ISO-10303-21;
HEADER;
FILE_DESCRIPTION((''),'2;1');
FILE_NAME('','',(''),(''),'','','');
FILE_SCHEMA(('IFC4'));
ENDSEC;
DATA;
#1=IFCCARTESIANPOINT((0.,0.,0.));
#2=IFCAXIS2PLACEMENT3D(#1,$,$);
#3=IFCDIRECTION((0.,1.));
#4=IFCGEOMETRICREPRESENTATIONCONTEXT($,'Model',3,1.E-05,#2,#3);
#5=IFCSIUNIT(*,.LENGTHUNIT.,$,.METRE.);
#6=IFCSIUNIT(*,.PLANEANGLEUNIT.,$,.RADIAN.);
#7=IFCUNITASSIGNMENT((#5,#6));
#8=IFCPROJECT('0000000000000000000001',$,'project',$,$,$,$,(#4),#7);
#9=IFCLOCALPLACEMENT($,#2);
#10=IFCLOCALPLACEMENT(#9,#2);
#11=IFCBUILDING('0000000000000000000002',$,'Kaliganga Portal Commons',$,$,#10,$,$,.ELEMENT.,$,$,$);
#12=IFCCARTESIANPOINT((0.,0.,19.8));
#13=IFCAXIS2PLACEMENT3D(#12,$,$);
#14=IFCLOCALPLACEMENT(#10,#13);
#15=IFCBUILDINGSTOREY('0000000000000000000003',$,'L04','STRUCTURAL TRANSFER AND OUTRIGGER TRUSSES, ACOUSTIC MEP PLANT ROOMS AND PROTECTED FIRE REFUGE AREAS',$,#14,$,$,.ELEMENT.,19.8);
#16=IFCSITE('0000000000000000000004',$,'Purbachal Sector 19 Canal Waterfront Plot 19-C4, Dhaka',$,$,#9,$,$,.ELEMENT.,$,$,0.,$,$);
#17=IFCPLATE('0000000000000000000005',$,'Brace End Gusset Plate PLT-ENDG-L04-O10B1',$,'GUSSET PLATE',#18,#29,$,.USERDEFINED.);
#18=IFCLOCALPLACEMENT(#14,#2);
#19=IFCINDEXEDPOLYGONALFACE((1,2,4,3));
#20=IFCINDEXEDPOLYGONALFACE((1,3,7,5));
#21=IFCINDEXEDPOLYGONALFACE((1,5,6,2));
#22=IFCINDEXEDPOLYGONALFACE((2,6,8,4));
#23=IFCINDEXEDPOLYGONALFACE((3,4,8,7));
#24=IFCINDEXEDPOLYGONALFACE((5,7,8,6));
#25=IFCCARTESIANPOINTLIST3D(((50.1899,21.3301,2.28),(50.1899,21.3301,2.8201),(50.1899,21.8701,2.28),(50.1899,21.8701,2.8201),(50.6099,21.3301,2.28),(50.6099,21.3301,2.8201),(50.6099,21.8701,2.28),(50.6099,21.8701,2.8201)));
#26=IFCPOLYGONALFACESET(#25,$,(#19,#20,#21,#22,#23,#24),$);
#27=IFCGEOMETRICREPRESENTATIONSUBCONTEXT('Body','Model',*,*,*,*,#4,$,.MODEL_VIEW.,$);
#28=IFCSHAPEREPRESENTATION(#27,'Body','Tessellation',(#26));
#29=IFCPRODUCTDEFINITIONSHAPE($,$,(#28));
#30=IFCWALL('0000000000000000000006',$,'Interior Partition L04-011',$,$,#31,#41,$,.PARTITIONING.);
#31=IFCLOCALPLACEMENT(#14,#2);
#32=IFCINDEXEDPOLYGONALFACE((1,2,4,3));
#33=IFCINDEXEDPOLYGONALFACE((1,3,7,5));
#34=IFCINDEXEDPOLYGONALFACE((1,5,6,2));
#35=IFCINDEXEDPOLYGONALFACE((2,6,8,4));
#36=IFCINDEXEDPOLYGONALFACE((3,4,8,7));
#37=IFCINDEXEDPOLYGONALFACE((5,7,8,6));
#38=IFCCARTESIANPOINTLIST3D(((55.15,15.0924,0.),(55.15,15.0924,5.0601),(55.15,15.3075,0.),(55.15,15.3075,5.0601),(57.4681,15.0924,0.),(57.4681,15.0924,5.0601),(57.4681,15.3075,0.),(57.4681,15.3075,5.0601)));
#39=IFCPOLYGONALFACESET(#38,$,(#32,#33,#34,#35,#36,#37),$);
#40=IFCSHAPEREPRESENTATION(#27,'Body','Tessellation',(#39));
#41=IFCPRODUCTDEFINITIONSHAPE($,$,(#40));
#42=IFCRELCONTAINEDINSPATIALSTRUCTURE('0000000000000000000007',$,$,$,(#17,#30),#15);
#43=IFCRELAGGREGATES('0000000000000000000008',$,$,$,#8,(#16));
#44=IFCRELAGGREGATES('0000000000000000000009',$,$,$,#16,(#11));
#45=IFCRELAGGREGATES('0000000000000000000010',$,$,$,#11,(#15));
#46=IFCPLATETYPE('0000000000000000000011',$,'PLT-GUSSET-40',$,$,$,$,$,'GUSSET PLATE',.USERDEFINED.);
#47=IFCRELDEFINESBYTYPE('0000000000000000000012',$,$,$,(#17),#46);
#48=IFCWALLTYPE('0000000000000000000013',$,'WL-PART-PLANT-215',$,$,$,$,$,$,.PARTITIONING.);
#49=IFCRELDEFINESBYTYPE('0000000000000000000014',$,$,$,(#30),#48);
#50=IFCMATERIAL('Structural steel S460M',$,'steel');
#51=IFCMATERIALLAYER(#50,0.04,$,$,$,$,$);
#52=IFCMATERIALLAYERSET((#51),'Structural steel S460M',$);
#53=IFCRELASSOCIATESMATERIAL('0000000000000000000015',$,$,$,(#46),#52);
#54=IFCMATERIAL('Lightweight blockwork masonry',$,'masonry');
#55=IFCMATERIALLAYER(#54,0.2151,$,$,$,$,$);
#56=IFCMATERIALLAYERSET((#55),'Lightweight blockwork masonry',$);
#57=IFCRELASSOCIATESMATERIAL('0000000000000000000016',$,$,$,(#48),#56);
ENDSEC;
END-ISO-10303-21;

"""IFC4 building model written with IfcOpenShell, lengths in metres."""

from ifc_helpers import new_model, si_unit, direction, frame, frame_2d, origin, origin_2d, place, context, subcontext, project, spatial, rectangle, extrude, source, transform, mapped, material, layer, layer_set, type_object, element, save


model = new_model("IFC4")

# Units and contexts
model_context = context("Model", 3, precision=1e-05, world=origin(), true_north=direction((0.0, 1.0)))
body_context = subcontext(model_context, "Body", "Model", "MODEL_VIEW")
ifc_project = project(units=[si_unit("LENGTHUNIT", "METRE"), si_unit("PLANEANGLEUNIT", "RADIAN")], contexts=[model_context])

# Site, building, storey
site_placement = place(None, origin())
site = spatial("IfcSite", under=ifc_project, at=site_placement, Name="Purbachal Sector 19 Canal Waterfront Plot 19-C4, Dhaka", CompositionType="ELEMENT", RefElevation=0.0)
building_placement = place(site_placement, origin())
building = spatial("IfcBuilding", under=site, at=building_placement, Name="Kaliganga Portal Commons", CompositionType="ELEMENT")
storey_placement = place(building_placement, frame((0.0, 0.0, 19.8)))
storey = spatial("IfcBuildingStorey", under=building, at=storey_placement, Name="L04", Description="STRUCTURAL TRANSFER AND OUTRIGGER TRUSSES, ACOUSTIC MEP PLANT ROOMS AND PROTECTED FIRE REFUGE AREAS", CompositionType="ELEMENT", Elevation=19.8)

# Shared definitions
ifc_material_1 = material(Name="Structural steel S460M", Category="steel")

# Plate
ifc_layer_1 = layer(ifc_material_1, 0.04)
ifc_layer_set_1 = layer_set([ifc_layer_1], Name="Structural steel S460M")
plate_type = type_object("IfcPlateType", Name="PLT-GUSSET-40", ElementType="GUSSET PLATE", PredefinedType="USERDEFINED", material=ifc_layer_set_1)
shared_shape_1 = source(origin(), body_context, "Body", "SweptSolid", [
    extrude(rectangle(XDim=0.54, YDim=0.4199, at=origin_2d()), origin(), (0.0, 0.0, 1.0), 0.54),
])
for number, where, z_axis, x_axis, name in (
    (1, (50.3999, 21.6001, 2.28), (0.0, 0.0, 1.0), (0.0, 1.0, 0.0), "Brace End Gusset Plate PLT-ENDG-L04-O10B1"),
):
    element("IfcPlate", number, at=place(storey_placement, frame(where, z_axis=z_axis, x_axis=x_axis)), inside=storey, type_object=plate_type, Name=name, ObjectType="GUSSET PLATE", PredefinedType="USERDEFINED", context=body_context, shape_type="MappedRepresentation", body=[
        mapped(shared_shape_1, transform((0.0, 0.0, 0.0), x_axis=(1.0, 0.0, 0.0), y_axis=(0.0, 1.0, 0.0), z_axis=(0.0, 0.0, 1.0), scale=1.0)),
    ])

# Wall
ifc_material_2 = material(Name="Lightweight blockwork masonry", Category="masonry")
ifc_layer_2 = layer(ifc_material_2, 0.2151)
ifc_layer_set_2 = layer_set([ifc_layer_2], Name="Lightweight blockwork masonry")
wall_type = type_object("IfcWallType", Name="WL-PART-PLANT-215", PredefinedType="PARTITIONING", material=ifc_layer_set_2)
wall_placement = place(storey_placement, frame((55.1499, 15.2, 0.0), z_axis=(0.0, 0.0, 1.0), x_axis=(1.0, 0.0, 0.0)))
element("IfcWall", 2, at=wall_placement, inside=storey, type_object=wall_type, Name="Interior Partition L04-011", PredefinedType="PARTITIONING", context=body_context, shape_type="SweptSolid", body=[
    extrude(rectangle(XDim=2.3181, YDim=0.2151, at=frame_2d((1.1592, 0.0))), origin(), (0.0, 0.0, 1.0), 5.0601),
])

save(model, "model.ifc")
